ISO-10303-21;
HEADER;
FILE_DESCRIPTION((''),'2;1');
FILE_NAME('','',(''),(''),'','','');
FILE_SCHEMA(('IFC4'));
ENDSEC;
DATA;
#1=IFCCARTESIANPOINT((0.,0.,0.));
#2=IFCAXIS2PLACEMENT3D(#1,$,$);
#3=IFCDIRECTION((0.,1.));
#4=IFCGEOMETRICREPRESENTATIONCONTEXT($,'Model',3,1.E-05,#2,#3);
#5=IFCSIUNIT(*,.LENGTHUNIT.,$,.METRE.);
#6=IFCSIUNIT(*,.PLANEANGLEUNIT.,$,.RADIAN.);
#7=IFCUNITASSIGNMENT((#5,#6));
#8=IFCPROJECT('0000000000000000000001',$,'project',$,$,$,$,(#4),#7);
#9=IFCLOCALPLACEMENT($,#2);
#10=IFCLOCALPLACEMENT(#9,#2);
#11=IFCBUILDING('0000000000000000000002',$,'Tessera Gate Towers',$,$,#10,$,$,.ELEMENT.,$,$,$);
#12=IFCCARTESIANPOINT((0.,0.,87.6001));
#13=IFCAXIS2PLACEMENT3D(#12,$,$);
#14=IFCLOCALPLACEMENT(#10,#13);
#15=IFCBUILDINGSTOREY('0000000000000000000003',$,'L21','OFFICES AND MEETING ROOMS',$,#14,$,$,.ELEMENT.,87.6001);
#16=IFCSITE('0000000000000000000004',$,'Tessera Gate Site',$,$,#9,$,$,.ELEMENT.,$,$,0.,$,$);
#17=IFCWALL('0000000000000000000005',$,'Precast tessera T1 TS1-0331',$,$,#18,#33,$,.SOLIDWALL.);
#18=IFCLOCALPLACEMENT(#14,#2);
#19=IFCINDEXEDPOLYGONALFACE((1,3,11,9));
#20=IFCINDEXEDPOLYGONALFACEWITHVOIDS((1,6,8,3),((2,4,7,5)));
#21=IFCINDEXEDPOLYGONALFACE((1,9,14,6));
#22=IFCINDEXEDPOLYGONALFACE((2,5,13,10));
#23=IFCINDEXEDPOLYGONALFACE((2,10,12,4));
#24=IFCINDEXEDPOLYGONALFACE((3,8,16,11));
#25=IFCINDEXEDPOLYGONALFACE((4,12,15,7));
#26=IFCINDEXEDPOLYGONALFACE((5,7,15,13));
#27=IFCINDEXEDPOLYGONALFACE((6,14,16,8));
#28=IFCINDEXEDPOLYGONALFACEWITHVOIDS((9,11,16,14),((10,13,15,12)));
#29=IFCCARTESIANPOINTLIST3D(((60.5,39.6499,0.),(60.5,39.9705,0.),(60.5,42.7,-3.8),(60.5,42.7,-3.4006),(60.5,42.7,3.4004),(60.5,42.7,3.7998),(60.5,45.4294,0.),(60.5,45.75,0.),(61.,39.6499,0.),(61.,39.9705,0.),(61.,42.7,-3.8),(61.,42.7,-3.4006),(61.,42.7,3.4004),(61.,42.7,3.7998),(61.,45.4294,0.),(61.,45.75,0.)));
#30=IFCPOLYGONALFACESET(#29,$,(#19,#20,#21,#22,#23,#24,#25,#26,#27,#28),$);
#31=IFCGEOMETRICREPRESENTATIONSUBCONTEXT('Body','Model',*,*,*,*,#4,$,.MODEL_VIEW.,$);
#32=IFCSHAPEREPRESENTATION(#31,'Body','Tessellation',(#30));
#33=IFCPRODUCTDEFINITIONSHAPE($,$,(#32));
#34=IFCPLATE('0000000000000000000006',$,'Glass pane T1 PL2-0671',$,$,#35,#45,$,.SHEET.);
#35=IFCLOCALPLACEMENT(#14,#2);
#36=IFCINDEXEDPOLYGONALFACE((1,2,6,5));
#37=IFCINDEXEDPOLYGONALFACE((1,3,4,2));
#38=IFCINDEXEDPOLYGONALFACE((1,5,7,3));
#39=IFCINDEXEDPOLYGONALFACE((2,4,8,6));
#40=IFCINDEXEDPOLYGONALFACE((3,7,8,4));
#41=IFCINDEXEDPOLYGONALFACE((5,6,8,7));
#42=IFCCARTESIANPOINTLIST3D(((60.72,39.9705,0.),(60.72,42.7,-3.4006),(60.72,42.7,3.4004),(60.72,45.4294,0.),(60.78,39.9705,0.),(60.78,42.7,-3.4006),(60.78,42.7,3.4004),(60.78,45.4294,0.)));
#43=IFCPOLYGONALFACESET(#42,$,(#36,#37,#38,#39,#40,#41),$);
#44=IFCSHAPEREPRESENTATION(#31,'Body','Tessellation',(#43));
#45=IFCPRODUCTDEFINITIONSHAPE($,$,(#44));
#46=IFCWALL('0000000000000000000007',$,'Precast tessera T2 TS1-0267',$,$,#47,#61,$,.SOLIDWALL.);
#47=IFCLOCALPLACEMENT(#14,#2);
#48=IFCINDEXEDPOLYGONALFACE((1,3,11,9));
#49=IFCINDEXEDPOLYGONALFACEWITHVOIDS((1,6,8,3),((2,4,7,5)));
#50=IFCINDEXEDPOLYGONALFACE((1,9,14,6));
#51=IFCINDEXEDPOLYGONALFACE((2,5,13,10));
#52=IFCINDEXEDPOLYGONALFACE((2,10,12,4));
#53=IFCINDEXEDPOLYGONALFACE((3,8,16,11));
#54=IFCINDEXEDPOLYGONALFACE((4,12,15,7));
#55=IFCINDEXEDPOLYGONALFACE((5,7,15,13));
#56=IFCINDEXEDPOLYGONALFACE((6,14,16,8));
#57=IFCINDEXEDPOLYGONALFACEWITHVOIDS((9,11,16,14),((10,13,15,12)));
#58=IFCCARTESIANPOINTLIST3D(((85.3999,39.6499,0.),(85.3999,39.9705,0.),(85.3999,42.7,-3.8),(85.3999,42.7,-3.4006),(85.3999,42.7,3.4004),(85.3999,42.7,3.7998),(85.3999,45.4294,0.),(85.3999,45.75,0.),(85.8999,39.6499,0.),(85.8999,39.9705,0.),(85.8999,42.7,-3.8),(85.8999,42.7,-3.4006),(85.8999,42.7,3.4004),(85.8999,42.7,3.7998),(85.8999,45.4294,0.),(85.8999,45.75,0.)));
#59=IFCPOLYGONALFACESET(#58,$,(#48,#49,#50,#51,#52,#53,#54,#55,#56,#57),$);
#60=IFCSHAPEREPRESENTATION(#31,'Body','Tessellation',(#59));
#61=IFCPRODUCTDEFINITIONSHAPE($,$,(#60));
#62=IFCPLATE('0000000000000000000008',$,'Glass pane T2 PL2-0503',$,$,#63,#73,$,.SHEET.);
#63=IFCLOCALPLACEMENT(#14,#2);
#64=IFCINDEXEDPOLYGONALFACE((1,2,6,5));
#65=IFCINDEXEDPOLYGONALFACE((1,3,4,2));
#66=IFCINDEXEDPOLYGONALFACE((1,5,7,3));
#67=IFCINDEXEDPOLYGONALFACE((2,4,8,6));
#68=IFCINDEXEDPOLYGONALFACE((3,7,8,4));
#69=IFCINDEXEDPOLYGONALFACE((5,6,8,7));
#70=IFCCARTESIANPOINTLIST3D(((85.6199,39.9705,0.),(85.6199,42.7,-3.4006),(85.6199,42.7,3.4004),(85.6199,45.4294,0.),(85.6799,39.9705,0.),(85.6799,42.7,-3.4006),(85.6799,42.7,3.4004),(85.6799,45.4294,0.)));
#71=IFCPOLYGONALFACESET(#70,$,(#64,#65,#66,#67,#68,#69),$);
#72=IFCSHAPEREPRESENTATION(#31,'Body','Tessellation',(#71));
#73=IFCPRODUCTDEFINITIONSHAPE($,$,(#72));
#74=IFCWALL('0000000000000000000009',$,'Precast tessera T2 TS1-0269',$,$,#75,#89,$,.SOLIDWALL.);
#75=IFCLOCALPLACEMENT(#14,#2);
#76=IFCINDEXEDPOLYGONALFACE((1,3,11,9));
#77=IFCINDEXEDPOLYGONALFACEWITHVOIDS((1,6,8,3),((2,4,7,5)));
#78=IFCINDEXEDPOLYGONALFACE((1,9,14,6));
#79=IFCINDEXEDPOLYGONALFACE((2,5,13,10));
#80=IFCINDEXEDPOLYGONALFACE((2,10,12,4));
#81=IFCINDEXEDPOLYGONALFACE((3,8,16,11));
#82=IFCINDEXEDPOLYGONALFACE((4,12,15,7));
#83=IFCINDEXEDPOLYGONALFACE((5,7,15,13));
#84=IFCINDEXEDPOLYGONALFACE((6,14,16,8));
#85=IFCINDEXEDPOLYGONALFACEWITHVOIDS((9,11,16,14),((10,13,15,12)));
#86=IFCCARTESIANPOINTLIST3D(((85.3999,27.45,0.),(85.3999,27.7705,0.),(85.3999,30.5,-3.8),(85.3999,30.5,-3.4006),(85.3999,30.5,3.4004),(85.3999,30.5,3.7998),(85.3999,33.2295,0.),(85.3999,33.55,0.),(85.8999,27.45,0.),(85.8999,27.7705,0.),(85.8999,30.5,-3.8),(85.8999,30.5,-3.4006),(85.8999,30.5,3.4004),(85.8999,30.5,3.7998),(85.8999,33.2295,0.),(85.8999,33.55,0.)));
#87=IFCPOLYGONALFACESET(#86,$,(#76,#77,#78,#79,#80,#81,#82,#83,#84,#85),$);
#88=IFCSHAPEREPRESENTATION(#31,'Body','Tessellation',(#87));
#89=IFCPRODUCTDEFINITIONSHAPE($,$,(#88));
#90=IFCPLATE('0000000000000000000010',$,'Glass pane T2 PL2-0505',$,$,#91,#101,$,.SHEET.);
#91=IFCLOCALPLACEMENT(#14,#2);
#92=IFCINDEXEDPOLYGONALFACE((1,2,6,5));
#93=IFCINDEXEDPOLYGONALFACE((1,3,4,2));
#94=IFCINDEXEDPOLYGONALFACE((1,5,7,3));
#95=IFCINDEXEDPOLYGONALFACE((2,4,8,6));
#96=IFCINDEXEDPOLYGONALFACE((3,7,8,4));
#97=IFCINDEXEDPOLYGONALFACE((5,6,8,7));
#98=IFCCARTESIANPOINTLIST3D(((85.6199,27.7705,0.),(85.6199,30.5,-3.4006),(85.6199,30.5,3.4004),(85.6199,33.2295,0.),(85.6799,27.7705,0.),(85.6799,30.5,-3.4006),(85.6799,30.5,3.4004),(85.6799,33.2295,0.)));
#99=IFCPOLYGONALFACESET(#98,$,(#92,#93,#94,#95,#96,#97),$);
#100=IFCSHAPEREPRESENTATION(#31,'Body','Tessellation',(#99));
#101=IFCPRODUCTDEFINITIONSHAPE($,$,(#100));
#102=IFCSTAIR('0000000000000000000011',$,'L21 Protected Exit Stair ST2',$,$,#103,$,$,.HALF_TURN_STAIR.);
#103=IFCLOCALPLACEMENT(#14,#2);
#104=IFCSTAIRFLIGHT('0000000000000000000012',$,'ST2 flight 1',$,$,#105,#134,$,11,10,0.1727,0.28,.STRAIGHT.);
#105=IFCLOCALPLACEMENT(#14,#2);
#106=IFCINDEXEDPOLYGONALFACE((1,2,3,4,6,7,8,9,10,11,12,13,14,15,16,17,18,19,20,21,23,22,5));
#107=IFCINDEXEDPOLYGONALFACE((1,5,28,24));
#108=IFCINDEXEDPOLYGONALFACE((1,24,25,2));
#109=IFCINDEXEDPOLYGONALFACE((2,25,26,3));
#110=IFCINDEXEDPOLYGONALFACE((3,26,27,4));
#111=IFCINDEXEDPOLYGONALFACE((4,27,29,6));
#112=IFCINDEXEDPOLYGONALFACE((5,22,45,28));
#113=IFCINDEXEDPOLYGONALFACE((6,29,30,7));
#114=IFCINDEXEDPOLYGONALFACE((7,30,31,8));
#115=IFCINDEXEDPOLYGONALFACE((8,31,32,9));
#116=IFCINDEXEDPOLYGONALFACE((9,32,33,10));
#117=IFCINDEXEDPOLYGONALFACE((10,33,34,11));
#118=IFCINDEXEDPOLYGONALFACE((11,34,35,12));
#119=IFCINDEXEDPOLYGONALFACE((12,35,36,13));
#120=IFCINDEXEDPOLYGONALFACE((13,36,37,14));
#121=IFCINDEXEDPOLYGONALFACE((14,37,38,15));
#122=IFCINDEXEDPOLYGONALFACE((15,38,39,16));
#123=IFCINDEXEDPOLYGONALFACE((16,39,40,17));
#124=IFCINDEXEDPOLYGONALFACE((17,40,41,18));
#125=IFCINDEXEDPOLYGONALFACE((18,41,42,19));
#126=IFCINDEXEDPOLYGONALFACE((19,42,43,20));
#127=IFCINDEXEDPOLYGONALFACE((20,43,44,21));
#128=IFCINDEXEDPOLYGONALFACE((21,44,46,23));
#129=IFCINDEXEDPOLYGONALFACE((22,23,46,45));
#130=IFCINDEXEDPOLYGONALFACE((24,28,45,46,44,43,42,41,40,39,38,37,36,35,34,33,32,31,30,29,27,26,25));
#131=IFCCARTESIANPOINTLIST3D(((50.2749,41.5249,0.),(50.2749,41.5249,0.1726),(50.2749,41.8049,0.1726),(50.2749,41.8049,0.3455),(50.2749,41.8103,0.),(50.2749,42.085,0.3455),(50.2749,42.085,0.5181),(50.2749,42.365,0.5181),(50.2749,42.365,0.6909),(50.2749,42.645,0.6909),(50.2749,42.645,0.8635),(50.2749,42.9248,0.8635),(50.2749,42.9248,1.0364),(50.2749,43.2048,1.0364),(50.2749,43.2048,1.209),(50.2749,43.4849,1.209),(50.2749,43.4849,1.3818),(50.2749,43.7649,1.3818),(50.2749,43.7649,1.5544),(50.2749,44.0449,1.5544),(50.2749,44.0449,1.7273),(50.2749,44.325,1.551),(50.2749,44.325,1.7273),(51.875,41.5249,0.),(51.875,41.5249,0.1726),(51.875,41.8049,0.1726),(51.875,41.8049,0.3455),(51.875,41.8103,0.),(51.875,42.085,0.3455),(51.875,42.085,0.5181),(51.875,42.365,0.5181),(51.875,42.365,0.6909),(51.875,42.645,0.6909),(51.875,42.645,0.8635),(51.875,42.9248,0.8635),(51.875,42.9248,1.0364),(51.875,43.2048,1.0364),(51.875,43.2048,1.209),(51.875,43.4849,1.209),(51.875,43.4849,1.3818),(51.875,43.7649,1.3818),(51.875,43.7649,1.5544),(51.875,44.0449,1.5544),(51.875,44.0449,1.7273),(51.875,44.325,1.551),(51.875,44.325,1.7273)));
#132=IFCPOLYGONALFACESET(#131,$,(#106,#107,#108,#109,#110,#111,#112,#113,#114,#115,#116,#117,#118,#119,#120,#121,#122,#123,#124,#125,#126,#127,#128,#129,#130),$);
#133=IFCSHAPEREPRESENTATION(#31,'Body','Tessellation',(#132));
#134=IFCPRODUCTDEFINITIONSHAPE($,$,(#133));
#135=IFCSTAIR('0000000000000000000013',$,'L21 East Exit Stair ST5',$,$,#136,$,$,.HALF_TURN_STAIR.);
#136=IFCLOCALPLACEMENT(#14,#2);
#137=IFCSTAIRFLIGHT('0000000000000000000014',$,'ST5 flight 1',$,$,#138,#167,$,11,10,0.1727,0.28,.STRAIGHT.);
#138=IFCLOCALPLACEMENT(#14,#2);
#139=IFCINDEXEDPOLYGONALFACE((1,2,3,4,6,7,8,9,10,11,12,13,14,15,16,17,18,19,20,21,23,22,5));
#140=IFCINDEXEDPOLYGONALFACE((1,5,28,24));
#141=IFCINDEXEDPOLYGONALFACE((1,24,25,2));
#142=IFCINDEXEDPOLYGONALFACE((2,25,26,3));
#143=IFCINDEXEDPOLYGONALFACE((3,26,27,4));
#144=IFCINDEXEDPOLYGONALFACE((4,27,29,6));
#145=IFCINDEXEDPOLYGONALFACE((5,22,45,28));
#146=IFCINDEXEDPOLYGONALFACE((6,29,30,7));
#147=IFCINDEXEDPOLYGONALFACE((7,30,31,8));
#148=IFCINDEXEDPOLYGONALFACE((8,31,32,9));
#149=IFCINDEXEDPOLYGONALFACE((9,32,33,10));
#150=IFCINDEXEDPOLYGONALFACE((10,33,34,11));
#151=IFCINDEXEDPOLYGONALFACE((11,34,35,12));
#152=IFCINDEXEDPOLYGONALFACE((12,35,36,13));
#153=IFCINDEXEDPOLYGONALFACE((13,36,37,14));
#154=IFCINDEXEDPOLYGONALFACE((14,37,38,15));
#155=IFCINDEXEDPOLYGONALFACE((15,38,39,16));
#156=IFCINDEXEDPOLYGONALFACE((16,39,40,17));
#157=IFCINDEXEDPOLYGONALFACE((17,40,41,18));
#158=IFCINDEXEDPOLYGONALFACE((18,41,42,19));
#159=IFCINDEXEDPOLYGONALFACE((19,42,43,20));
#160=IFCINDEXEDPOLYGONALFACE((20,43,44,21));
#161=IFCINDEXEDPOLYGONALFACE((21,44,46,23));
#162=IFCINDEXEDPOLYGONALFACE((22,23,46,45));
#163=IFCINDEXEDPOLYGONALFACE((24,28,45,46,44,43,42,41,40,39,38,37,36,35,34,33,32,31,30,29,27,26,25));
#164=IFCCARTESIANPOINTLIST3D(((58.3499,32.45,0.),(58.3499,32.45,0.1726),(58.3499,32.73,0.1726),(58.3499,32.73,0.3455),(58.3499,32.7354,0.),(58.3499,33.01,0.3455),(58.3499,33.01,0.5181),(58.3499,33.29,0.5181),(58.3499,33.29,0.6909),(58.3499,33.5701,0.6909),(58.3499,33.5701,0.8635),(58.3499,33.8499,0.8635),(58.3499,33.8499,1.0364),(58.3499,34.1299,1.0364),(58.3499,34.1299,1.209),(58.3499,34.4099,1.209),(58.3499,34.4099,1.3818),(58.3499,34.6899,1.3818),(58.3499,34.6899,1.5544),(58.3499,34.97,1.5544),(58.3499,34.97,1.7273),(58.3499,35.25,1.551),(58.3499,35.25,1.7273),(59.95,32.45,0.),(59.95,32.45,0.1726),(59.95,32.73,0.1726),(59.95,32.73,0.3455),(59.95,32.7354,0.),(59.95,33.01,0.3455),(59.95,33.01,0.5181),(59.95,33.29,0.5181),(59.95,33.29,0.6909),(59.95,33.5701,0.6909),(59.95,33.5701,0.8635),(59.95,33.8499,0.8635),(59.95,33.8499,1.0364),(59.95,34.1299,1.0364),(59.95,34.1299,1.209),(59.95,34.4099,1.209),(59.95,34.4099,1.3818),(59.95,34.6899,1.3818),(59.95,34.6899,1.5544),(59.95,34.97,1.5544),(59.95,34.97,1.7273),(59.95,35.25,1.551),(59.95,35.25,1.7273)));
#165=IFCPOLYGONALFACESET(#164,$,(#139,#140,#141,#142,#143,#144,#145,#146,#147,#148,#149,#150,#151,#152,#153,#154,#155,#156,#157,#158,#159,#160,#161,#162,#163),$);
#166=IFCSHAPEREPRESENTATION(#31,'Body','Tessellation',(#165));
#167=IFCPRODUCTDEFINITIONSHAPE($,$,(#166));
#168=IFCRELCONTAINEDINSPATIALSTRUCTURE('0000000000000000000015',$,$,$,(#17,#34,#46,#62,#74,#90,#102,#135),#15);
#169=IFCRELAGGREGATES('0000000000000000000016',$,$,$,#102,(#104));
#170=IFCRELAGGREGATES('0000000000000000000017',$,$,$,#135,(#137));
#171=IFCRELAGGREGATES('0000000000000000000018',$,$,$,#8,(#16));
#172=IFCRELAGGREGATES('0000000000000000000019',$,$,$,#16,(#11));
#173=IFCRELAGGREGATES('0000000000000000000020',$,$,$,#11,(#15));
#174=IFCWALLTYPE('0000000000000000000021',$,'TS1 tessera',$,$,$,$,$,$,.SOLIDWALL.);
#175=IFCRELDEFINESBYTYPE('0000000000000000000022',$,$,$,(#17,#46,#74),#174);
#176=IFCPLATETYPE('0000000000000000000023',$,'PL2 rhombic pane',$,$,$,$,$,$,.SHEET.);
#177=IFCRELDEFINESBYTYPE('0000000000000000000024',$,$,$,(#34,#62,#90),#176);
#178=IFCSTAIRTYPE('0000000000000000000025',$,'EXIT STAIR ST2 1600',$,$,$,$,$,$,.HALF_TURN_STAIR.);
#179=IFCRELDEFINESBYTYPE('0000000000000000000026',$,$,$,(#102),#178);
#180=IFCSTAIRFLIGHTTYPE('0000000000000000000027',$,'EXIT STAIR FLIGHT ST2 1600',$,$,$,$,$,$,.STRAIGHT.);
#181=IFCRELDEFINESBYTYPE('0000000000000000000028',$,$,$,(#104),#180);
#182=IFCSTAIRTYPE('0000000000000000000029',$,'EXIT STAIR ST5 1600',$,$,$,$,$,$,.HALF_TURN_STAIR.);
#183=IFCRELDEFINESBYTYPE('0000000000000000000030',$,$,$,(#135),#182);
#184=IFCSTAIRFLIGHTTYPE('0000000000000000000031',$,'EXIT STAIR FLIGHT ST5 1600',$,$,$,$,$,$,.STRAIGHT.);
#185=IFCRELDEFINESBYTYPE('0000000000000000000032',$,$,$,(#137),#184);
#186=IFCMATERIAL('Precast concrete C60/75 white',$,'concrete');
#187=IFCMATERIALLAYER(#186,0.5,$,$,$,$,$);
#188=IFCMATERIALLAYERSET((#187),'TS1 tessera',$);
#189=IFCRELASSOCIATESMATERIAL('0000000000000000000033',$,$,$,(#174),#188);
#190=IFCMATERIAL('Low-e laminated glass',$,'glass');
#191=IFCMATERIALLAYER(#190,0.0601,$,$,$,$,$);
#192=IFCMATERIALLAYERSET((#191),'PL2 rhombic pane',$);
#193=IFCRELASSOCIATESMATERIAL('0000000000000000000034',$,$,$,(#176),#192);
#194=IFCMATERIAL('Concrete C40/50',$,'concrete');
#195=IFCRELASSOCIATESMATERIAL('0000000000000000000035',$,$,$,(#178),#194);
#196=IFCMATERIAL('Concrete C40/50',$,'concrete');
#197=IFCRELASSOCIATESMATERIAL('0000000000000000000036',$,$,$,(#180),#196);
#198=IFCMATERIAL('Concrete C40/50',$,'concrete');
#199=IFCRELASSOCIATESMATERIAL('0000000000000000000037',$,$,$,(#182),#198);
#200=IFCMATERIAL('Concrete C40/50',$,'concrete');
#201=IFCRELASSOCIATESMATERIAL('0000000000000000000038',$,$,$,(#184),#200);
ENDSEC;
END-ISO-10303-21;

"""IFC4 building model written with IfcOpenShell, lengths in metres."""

from ifc_helpers import new_model, si_unit, direction, frame, origin, place, context, subcontext, project, spatial, polyline, outline, extrude, source, transform, mapped, material, layer, layer_set, type_object, element, fill, aggregate, save


model = new_model("IFC4")

# Units and contexts
model_context = context("Model", 3, precision=1e-05, world=origin(), true_north=direction((0.0, 1.0)))
body_context = subcontext(model_context, "Body", "Model", "MODEL_VIEW")
ifc_project = project(units=[si_unit("LENGTHUNIT", "METRE"), si_unit("PLANEANGLEUNIT", "RADIAN")], contexts=[model_context])

# Site, building, storey
site_placement = place(None, origin())
site = spatial("IfcSite", under=ifc_project, at=site_placement, Name="Tessera Gate Site", CompositionType="ELEMENT", RefElevation=0.0)
building_placement = place(site_placement, origin())
building = spatial("IfcBuilding", under=site, at=building_placement, Name="Tessera Gate Towers", CompositionType="ELEMENT")
storey_placement = place(building_placement, frame((0.0, 0.0, 87.6001)))
storey = spatial("IfcBuildingStorey", under=building, at=storey_placement, Name="L21", Description="OFFICES AND MEETING ROOMS", CompositionType="ELEMENT", Elevation=87.6001)

# Walls, openings, plates
ifc_material_1 = material(Name="Precast concrete C60/75 white", Category="concrete")
ifc_layer_1 = layer(ifc_material_1, 0.5)
ifc_layer_set_1 = layer_set([ifc_layer_1], Name="TS1 tessera")
wall_type_1 = type_object("IfcWallType", Name="TS1 tessera", PredefinedType="SOLIDWALL", material=ifc_layer_set_1)
shared_shape_1 = source(origin(), body_context, "Body", "SweptSolid", [
    extrude(outline(polyline([(3.05, 0.0), (6.1001, 3.8), (3.05, 7.5999), (0.0, 3.8), (3.05, 0.0)])), frame((0.0, 0.25, 0.0), z_axis=(0.0, -1.0, 0.0), x_axis=(1.0, 0.0, 0.0)), (0.0, 0.0, 1.0), 0.5),
])
wall_1_placement = place(storey_placement, frame((60.75, 39.6499, -3.8), z_axis=(0.0, 0.0, 1.0), x_axis=(0.0, 1.0, 0.0)))
wall_1 = element("IfcWall", 1, at=wall_1_placement, inside=storey, type_object=wall_type_1, Name="Precast tessera T1 TS1-0331", PredefinedType="SOLIDWALL", context=body_context, shape_type="MappedRepresentation", body=[
    mapped(shared_shape_1, transform((0.0, 0.0, 0.0), scale=1.0)),
])
shared_shape_2 = source(origin(), body_context, "Body", "SweptSolid", [
    extrude(outline(polyline([(3.05, 0.3994), (5.7795, 3.8), (3.05, 7.2004), (0.3206, 3.8), (3.05, 0.3994)])), frame((0.0, 0.26, 0.0), z_axis=(0.0, -1.0, 0.0), x_axis=(1.0, 0.0, 0.0)), (0.0, 0.0, 1.0), 0.52),
])
opening_1_placement = place(wall_1_placement, origin())
opening_1 = element("IfcOpeningElement", 2, at=opening_1_placement, cuts=wall_1, PredefinedType="OPENING", context=body_context, shape_type="MappedRepresentation", body=[
    mapped(shared_shape_2, transform((0.0, 0.0, 0.0), scale=1.0)),
])
ifc_material_2 = material(Name="Low-e laminated glass", Category="glass")
ifc_layer_2 = layer(ifc_material_2, 0.0601)
ifc_layer_set_2 = layer_set([ifc_layer_2], Name="PL2 rhombic pane")
plate_type = type_object("IfcPlateType", Name="PL2 rhombic pane", PredefinedType="SHEET", material=ifc_layer_set_2)
shared_shape_3 = source(origin(), body_context, "Body", "SweptSolid", [
    extrude(outline(polyline([(3.05, 0.3994), (5.7795, 3.8), (3.05, 7.2004), (0.3206, 3.8), (3.05, 0.3994)])), frame((0.0, 0.03, 0.0), z_axis=(0.0, -1.0, 0.0), x_axis=(1.0, 0.0, 0.0)), (0.0, 0.0, 1.0), 0.0601),
])
plate_1_placement = place(opening_1_placement, origin())
plate_1 = element("IfcPlate", 3, at=plate_1_placement, inside=storey, type_object=plate_type, Name="Glass pane T1 PL2-0671", PredefinedType="SHEET", context=body_context, shape_type="MappedRepresentation", body=[
    mapped(shared_shape_3, transform((0.0, 0.0, 0.0), scale=1.0)),
])
fill(opening_1, plate_1)
wall_2_placement = place(storey_placement, frame((85.6499, 45.75, -3.8), z_axis=(0.0, 0.0, 1.0), x_axis=(0.0, -1.0, 0.0)))
wall_2 = element("IfcWall", 4, at=wall_2_placement, inside=storey, type_object=wall_type_1, Name="Precast tessera T2 TS1-0267", PredefinedType="SOLIDWALL", context=body_context, shape_type="MappedRepresentation", body=[
    mapped(shared_shape_1, transform((0.0, 0.0, 0.0), scale=1.0)),
])
opening_2_placement = place(wall_2_placement, origin())
opening_2 = element("IfcOpeningElement", 5, at=opening_2_placement, cuts=wall_2, PredefinedType="OPENING", context=body_context, shape_type="MappedRepresentation", body=[
    mapped(shared_shape_2, transform((0.0, 0.0, 0.0), scale=1.0)),
])
plate_2_placement = place(opening_2_placement, origin())
plate_2 = element("IfcPlate", 6, at=plate_2_placement, inside=storey, type_object=plate_type, Name="Glass pane T2 PL2-0503", PredefinedType="SHEET", context=body_context, shape_type="MappedRepresentation", body=[
    mapped(shared_shape_3, transform((0.0, 0.0, 0.0), scale=1.0)),
])
fill(opening_2, plate_2)
wall_3_placement = place(storey_placement, frame((85.6499, 33.55, -3.8), z_axis=(0.0, 0.0, 1.0), x_axis=(0.0, -1.0, 0.0)))
wall_3 = element("IfcWall", 7, at=wall_3_placement, inside=storey, type_object=wall_type_1, Name="Precast tessera T2 TS1-0269", PredefinedType="SOLIDWALL", context=body_context, shape_type="MappedRepresentation", body=[
    mapped(shared_shape_1, transform((0.0, 0.0, 0.0), scale=1.0)),
])
opening_3_placement = place(wall_3_placement, origin())
opening_3 = element("IfcOpeningElement", 8, at=opening_3_placement, cuts=wall_3, PredefinedType="OPENING", context=body_context, shape_type="MappedRepresentation", body=[
    mapped(shared_shape_2, transform((0.0, 0.0, 0.0), scale=1.0)),
])
plate_3_placement = place(opening_3_placement, origin())
plate_3 = element("IfcPlate", 9, at=plate_3_placement, inside=storey, type_object=plate_type, Name="Glass pane T2 PL2-0505", PredefinedType="SHEET", context=body_context, shape_type="MappedRepresentation", body=[
    mapped(shared_shape_3, transform((0.0, 0.0, 0.0), scale=1.0)),
])
fill(opening_3, plate_3)

# Stair, stair flight
ifc_material_3 = material(Name="Concrete C40/50", Category="concrete")
stair_type_1 = type_object("IfcStairType", Name="EXIT STAIR ST2 1600", PredefinedType="HALF_TURN_STAIR", material=ifc_material_3)
stair_1_placement = place(storey_placement, origin())
stair_1 = element("IfcStair", 10, at=stair_1_placement, inside=storey, type_object=stair_type_1, Name="L21 Protected Exit Stair ST2", PredefinedType="HALF_TURN_STAIR")
ifc_material_4 = material(Name="Concrete C40/50", Category="concrete")
stair_flight_type_1 = type_object("IfcStairFlightType", Name="EXIT STAIR FLIGHT ST2 1600", PredefinedType="STRAIGHT", material=ifc_material_4)
stair_flight_1_placement = place(storey_placement, frame((51.075, 41.5249, 0.0), z_axis=(0.0, 0.0, 1.0), x_axis=(0.0, 1.0, 0.0)))
stair_flight_1 = element("IfcStairFlight", 11, at=stair_flight_1_placement, type_object=stair_flight_type_1, Name="ST2 flight 1", NumberOfRisers=11, NumberOfTreads=10, PredefinedType="STRAIGHT", RiserHeight=0.1727, TreadLength=0.28, context=body_context, shape_type="SweptSolid", body=[
    extrude(outline(polyline([(0.0, 0.0), (0.0, 0.1726), (0.28, 0.1726), (0.28, 0.3455), (0.5601, 0.3455), (0.5601, 0.5181), (0.8401, 0.5181), (0.8401, 0.6909), (1.1201, 0.6909), (1.1201, 0.8635), (1.3999, 0.8635), (1.3999, 1.0364), (1.6799, 1.0364), (1.6799, 1.209), (1.96, 1.209), (1.96, 1.3818), (2.24, 1.3818), (2.24, 1.5544), (2.52, 1.5544), (2.52, 1.7273), (2.8, 1.7273), (2.8, 1.8999), (2.8, 1.551), (0.2854, 0.0), (0.0, 0.0)])), frame((0.0, 0.8, 0.0), z_axis=(0.0, -1.0, 0.0), x_axis=(1.0, 0.0, 0.0)), (0.0, 0.0, 1.0), 1.6001),
])
aggregate(stair_1, [stair_flight_1])

# Stair, stair flight
ifc_material_5 = material(Name="Concrete C40/50", Category="concrete")
stair_type_2 = type_object("IfcStairType", Name="EXIT STAIR ST5 1600", PredefinedType="HALF_TURN_STAIR", material=ifc_material_5)
stair_2_placement = place(storey_placement, origin())
stair_2 = element("IfcStair", 12, at=stair_2_placement, inside=storey, type_object=stair_type_2, Name="L21 East Exit Stair ST5", PredefinedType="HALF_TURN_STAIR")
ifc_material_6 = material(Name="Concrete C40/50", Category="concrete")
stair_flight_type_2 = type_object("IfcStairFlightType", Name="EXIT STAIR FLIGHT ST5 1600", PredefinedType="STRAIGHT", material=ifc_material_6)
stair_flight_2_placement = place(storey_placement, frame((59.1499, 32.45, 0.0), z_axis=(0.0, 0.0, 1.0), x_axis=(0.0, 1.0, 0.0)))
stair_flight_2 = element("IfcStairFlight", 13, at=stair_flight_2_placement, type_object=stair_flight_type_2, Name="ST5 flight 1", NumberOfRisers=11, NumberOfTreads=10, PredefinedType="STRAIGHT", RiserHeight=0.1727, TreadLength=0.28, context=body_context, shape_type="SweptSolid", body=[
    extrude(outline(polyline([(0.0, 0.0), (0.0, 0.1726), (0.28, 0.1726), (0.28, 0.3455), (0.5601, 0.3455), (0.5601, 0.5181), (0.8401, 0.5181), (0.8401, 0.6909), (1.1201, 0.6909), (1.1201, 0.8635), (1.3999, 0.8635), (1.3999, 1.0364), (1.6799, 1.0364), (1.6799, 1.209), (1.96, 1.209), (1.96, 1.3818), (2.24, 1.3818), (2.24, 1.5544), (2.52, 1.5544), (2.52, 1.7273), (2.8, 1.7273), (2.8, 1.8999), (2.8, 1.551), (0.2854, 0.0), (0.0, 0.0)])), frame((0.0, 0.8, 0.0), z_axis=(0.0, -1.0, 0.0), x_axis=(1.0, 0.0, 0.0)), (0.0, 0.0, 1.0), 1.6001),
])
aggregate(stair_2, [stair_flight_2])

save(model, "model.ifc")
